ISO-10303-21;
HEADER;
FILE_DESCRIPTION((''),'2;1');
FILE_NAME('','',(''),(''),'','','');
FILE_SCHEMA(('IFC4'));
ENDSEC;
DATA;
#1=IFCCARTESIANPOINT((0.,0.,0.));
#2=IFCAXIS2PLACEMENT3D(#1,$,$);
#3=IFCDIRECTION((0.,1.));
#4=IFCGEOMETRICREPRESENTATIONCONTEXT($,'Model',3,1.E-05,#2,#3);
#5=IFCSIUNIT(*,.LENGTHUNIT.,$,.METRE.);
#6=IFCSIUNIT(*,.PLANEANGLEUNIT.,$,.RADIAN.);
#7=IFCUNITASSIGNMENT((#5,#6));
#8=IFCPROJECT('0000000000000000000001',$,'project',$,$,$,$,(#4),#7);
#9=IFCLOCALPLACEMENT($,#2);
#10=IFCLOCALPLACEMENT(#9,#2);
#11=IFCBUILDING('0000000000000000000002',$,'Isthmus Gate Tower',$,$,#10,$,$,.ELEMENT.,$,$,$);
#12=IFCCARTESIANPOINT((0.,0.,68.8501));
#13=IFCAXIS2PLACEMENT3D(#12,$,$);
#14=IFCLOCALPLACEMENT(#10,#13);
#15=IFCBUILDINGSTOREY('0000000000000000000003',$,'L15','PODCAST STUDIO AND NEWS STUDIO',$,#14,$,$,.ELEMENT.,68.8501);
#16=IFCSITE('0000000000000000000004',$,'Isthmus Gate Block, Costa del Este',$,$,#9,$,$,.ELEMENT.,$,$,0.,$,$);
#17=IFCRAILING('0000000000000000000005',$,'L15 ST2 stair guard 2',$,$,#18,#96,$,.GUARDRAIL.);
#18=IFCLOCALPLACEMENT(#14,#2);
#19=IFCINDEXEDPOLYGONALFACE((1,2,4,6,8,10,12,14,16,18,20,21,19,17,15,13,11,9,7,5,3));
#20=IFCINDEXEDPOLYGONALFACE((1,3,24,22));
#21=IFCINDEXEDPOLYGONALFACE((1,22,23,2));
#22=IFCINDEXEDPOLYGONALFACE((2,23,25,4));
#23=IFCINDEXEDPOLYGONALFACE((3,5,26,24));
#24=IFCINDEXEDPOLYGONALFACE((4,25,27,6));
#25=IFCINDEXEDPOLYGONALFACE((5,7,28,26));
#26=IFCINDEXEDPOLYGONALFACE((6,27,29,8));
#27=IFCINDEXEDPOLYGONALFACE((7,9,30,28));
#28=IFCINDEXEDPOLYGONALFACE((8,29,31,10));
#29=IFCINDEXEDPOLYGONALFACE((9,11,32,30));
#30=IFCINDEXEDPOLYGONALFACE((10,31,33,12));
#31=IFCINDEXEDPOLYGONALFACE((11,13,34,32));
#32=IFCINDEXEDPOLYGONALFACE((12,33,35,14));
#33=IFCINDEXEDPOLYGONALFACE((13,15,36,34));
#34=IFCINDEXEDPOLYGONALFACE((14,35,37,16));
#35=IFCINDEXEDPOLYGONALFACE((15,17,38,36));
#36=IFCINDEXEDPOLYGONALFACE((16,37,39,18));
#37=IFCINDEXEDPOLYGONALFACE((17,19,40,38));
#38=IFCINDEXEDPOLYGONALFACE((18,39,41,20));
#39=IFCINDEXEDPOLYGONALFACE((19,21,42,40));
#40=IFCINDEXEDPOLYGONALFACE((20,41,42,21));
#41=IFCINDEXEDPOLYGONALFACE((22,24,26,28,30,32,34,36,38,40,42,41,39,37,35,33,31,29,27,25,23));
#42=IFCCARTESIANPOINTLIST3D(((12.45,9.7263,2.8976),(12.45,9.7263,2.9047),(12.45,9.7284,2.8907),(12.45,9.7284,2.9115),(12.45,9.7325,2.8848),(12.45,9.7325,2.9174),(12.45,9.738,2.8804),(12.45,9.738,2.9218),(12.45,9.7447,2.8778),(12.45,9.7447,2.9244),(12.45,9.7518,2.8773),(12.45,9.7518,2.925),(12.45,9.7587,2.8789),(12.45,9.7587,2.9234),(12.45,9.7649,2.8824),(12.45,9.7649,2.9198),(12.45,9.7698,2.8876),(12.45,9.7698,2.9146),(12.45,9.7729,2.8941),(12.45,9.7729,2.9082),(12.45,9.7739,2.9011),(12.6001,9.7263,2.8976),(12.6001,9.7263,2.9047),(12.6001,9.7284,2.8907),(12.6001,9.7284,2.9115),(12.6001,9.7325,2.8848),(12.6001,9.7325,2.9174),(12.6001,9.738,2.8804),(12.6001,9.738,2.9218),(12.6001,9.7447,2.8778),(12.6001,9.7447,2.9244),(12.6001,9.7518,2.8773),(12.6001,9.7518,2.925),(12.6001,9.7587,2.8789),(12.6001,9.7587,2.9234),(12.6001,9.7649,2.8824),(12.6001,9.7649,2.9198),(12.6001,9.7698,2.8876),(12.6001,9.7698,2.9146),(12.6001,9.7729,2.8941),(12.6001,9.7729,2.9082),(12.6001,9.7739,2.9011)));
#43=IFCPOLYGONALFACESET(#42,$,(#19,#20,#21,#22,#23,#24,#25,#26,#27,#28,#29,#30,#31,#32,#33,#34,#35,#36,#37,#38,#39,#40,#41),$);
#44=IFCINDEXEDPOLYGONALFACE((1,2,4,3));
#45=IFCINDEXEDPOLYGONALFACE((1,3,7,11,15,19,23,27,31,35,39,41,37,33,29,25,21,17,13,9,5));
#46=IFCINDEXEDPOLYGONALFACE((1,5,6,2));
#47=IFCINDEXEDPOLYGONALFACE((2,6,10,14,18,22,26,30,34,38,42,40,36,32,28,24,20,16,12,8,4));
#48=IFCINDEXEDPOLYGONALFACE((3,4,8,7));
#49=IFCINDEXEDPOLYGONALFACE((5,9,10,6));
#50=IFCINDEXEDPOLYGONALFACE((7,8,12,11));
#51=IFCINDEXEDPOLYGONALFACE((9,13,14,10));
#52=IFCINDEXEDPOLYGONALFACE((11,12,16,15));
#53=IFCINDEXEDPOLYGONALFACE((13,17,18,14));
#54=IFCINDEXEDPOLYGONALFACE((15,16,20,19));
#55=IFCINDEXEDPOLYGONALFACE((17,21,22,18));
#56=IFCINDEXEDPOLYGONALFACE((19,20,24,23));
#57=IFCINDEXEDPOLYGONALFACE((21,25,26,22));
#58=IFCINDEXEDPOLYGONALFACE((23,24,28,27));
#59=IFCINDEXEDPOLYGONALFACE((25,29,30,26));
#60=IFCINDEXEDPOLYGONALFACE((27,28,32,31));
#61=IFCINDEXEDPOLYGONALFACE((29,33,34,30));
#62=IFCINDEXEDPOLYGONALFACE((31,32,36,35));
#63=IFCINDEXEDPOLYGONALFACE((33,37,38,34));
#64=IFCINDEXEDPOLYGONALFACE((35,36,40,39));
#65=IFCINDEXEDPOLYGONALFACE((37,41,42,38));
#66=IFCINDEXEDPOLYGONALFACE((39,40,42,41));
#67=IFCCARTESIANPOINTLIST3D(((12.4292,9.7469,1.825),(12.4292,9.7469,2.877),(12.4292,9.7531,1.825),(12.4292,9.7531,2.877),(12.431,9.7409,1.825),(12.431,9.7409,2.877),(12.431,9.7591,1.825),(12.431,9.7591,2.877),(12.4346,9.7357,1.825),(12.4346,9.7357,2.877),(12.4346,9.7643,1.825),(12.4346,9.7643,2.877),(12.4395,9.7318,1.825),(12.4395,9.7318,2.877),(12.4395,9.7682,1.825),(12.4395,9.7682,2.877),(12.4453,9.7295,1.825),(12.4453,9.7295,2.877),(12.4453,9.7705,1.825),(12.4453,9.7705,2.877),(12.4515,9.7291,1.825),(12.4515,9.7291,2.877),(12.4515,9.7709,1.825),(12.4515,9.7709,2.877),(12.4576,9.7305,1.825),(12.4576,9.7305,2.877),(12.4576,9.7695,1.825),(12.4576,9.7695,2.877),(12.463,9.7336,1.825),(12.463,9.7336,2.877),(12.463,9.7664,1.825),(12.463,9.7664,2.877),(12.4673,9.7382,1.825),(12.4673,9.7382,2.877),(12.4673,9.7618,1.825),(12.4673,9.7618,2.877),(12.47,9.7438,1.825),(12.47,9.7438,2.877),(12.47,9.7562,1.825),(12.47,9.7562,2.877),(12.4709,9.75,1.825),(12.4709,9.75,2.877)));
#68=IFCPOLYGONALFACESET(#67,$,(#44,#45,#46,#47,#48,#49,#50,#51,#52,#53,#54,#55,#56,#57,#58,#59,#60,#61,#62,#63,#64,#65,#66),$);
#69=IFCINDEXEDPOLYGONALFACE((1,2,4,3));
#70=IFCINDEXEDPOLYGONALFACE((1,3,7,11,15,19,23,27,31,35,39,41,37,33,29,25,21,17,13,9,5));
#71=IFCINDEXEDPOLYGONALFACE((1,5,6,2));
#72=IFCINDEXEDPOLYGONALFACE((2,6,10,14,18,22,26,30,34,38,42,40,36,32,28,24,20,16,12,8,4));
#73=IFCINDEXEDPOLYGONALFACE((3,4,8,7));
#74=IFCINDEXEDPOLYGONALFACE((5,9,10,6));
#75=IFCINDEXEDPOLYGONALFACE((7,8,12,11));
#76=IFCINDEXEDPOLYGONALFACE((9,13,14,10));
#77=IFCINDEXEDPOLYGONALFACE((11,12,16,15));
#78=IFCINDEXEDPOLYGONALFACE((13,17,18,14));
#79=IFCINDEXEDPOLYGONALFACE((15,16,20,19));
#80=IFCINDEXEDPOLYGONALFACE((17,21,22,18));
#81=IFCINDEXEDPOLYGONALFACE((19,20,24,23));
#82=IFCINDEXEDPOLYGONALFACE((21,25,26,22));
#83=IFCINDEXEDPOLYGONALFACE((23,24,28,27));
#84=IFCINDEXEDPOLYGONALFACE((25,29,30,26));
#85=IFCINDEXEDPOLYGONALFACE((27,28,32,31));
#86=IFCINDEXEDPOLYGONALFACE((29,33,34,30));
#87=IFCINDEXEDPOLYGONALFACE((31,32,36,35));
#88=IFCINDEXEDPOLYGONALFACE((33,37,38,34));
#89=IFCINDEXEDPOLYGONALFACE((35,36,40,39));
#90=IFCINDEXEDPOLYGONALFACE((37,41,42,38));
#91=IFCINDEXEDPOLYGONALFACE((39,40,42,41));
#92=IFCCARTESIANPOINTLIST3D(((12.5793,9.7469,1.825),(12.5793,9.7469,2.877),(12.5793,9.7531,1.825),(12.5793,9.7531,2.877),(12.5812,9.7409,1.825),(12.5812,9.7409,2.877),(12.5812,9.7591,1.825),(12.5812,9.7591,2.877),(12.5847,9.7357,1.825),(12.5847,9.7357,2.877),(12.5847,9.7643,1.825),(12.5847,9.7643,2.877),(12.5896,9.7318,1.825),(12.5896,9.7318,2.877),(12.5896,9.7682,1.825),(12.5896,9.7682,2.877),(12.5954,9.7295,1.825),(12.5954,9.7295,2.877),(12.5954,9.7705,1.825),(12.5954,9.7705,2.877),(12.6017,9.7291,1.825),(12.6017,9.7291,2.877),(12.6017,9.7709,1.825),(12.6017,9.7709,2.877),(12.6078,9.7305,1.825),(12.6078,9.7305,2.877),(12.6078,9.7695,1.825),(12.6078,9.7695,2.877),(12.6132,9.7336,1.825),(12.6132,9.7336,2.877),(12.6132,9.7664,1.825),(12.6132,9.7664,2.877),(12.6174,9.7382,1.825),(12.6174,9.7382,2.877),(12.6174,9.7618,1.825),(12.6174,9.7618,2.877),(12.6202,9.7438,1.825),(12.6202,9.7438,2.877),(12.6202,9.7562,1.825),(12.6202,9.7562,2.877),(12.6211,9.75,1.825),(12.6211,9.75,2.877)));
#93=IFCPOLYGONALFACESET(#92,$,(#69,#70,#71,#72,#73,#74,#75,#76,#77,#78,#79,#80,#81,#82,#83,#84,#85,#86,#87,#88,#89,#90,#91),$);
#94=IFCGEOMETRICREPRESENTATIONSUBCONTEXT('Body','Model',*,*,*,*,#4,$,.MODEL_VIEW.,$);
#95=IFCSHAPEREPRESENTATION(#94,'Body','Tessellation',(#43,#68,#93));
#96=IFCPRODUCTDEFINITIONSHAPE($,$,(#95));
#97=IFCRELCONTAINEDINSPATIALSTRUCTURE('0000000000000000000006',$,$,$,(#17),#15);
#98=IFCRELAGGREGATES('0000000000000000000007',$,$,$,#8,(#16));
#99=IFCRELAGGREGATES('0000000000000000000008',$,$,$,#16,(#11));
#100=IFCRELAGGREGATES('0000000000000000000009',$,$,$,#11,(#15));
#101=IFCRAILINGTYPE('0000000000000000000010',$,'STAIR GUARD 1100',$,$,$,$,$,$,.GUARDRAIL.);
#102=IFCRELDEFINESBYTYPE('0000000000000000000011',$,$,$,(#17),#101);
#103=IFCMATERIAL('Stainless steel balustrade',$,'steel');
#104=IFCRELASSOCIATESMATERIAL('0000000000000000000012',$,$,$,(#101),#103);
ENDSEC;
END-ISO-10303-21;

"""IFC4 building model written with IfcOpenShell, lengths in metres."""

from ifc_helpers import new_model, si_unit, direction, frame, origin, origin_2d, place, context, subcontext, project, spatial, circle, extrude, material, type_object, element, save


model = new_model("IFC4")

# Units and contexts
model_context = context("Model", 3, precision=1e-05, world=origin(), true_north=direction((0.0, 1.0)))
body_context = subcontext(model_context, "Body", "Model", "MODEL_VIEW")
ifc_project = project(units=[si_unit("LENGTHUNIT", "METRE"), si_unit("PLANEANGLEUNIT", "RADIAN")], contexts=[model_context])

# Site, building, storey
site_placement = place(None, origin())
site = spatial("IfcSite", under=ifc_project, at=site_placement, Name="Isthmus Gate Block, Costa del Este", CompositionType="ELEMENT", RefElevation=0.0)
building_placement = place(site_placement, origin())
building = spatial("IfcBuilding", under=site, at=building_placement, Name="Isthmus Gate Tower", CompositionType="ELEMENT")
storey_placement = place(building_placement, frame((0.0, 0.0, 68.8501)))
storey = spatial("IfcBuildingStorey", under=building, at=storey_placement, Name="L15", Description="PODCAST STUDIO AND NEWS STUDIO", CompositionType="ELEMENT", Elevation=68.8501)

# Railing
ifc_material_1 = material(Name="Stainless steel balustrade", Category="steel")
railing_type_1 = type_object("IfcRailingType", Name="STAIR GUARD 1100", PredefinedType="GUARDRAIL", material=ifc_material_1)
railing_1_placement = place(storey_placement, frame((12.45, 9.75, 1.825)))
element("IfcRailing", 1, at=railing_1_placement, inside=storey, type_object=railing_type_1, Name="L15 ST2 stair guard 2", PredefinedType="GUARDRAIL", context=body_context, shape_type="SweptSolid", body=[
    extrude(circle(Radius=0.0239, at=origin_2d()), frame((0.0, 0.0, 1.0762), z_axis=(1.0, 0.0, 0.0), x_axis=(0.0, 1.0, 0.0)), (0.0, 0.0, 1.0), 0.1501),
    extrude(circle(Radius=0.021, at=origin_2d()), origin(), (0.0, 0.0, 1.0), 1.052),
    extrude(circle(Radius=0.021, at=origin_2d()), frame((0.1501, 0.0, 0.0)), (0.0, 0.0, 1.0), 1.052),
])

save(model, "model.ifc")
